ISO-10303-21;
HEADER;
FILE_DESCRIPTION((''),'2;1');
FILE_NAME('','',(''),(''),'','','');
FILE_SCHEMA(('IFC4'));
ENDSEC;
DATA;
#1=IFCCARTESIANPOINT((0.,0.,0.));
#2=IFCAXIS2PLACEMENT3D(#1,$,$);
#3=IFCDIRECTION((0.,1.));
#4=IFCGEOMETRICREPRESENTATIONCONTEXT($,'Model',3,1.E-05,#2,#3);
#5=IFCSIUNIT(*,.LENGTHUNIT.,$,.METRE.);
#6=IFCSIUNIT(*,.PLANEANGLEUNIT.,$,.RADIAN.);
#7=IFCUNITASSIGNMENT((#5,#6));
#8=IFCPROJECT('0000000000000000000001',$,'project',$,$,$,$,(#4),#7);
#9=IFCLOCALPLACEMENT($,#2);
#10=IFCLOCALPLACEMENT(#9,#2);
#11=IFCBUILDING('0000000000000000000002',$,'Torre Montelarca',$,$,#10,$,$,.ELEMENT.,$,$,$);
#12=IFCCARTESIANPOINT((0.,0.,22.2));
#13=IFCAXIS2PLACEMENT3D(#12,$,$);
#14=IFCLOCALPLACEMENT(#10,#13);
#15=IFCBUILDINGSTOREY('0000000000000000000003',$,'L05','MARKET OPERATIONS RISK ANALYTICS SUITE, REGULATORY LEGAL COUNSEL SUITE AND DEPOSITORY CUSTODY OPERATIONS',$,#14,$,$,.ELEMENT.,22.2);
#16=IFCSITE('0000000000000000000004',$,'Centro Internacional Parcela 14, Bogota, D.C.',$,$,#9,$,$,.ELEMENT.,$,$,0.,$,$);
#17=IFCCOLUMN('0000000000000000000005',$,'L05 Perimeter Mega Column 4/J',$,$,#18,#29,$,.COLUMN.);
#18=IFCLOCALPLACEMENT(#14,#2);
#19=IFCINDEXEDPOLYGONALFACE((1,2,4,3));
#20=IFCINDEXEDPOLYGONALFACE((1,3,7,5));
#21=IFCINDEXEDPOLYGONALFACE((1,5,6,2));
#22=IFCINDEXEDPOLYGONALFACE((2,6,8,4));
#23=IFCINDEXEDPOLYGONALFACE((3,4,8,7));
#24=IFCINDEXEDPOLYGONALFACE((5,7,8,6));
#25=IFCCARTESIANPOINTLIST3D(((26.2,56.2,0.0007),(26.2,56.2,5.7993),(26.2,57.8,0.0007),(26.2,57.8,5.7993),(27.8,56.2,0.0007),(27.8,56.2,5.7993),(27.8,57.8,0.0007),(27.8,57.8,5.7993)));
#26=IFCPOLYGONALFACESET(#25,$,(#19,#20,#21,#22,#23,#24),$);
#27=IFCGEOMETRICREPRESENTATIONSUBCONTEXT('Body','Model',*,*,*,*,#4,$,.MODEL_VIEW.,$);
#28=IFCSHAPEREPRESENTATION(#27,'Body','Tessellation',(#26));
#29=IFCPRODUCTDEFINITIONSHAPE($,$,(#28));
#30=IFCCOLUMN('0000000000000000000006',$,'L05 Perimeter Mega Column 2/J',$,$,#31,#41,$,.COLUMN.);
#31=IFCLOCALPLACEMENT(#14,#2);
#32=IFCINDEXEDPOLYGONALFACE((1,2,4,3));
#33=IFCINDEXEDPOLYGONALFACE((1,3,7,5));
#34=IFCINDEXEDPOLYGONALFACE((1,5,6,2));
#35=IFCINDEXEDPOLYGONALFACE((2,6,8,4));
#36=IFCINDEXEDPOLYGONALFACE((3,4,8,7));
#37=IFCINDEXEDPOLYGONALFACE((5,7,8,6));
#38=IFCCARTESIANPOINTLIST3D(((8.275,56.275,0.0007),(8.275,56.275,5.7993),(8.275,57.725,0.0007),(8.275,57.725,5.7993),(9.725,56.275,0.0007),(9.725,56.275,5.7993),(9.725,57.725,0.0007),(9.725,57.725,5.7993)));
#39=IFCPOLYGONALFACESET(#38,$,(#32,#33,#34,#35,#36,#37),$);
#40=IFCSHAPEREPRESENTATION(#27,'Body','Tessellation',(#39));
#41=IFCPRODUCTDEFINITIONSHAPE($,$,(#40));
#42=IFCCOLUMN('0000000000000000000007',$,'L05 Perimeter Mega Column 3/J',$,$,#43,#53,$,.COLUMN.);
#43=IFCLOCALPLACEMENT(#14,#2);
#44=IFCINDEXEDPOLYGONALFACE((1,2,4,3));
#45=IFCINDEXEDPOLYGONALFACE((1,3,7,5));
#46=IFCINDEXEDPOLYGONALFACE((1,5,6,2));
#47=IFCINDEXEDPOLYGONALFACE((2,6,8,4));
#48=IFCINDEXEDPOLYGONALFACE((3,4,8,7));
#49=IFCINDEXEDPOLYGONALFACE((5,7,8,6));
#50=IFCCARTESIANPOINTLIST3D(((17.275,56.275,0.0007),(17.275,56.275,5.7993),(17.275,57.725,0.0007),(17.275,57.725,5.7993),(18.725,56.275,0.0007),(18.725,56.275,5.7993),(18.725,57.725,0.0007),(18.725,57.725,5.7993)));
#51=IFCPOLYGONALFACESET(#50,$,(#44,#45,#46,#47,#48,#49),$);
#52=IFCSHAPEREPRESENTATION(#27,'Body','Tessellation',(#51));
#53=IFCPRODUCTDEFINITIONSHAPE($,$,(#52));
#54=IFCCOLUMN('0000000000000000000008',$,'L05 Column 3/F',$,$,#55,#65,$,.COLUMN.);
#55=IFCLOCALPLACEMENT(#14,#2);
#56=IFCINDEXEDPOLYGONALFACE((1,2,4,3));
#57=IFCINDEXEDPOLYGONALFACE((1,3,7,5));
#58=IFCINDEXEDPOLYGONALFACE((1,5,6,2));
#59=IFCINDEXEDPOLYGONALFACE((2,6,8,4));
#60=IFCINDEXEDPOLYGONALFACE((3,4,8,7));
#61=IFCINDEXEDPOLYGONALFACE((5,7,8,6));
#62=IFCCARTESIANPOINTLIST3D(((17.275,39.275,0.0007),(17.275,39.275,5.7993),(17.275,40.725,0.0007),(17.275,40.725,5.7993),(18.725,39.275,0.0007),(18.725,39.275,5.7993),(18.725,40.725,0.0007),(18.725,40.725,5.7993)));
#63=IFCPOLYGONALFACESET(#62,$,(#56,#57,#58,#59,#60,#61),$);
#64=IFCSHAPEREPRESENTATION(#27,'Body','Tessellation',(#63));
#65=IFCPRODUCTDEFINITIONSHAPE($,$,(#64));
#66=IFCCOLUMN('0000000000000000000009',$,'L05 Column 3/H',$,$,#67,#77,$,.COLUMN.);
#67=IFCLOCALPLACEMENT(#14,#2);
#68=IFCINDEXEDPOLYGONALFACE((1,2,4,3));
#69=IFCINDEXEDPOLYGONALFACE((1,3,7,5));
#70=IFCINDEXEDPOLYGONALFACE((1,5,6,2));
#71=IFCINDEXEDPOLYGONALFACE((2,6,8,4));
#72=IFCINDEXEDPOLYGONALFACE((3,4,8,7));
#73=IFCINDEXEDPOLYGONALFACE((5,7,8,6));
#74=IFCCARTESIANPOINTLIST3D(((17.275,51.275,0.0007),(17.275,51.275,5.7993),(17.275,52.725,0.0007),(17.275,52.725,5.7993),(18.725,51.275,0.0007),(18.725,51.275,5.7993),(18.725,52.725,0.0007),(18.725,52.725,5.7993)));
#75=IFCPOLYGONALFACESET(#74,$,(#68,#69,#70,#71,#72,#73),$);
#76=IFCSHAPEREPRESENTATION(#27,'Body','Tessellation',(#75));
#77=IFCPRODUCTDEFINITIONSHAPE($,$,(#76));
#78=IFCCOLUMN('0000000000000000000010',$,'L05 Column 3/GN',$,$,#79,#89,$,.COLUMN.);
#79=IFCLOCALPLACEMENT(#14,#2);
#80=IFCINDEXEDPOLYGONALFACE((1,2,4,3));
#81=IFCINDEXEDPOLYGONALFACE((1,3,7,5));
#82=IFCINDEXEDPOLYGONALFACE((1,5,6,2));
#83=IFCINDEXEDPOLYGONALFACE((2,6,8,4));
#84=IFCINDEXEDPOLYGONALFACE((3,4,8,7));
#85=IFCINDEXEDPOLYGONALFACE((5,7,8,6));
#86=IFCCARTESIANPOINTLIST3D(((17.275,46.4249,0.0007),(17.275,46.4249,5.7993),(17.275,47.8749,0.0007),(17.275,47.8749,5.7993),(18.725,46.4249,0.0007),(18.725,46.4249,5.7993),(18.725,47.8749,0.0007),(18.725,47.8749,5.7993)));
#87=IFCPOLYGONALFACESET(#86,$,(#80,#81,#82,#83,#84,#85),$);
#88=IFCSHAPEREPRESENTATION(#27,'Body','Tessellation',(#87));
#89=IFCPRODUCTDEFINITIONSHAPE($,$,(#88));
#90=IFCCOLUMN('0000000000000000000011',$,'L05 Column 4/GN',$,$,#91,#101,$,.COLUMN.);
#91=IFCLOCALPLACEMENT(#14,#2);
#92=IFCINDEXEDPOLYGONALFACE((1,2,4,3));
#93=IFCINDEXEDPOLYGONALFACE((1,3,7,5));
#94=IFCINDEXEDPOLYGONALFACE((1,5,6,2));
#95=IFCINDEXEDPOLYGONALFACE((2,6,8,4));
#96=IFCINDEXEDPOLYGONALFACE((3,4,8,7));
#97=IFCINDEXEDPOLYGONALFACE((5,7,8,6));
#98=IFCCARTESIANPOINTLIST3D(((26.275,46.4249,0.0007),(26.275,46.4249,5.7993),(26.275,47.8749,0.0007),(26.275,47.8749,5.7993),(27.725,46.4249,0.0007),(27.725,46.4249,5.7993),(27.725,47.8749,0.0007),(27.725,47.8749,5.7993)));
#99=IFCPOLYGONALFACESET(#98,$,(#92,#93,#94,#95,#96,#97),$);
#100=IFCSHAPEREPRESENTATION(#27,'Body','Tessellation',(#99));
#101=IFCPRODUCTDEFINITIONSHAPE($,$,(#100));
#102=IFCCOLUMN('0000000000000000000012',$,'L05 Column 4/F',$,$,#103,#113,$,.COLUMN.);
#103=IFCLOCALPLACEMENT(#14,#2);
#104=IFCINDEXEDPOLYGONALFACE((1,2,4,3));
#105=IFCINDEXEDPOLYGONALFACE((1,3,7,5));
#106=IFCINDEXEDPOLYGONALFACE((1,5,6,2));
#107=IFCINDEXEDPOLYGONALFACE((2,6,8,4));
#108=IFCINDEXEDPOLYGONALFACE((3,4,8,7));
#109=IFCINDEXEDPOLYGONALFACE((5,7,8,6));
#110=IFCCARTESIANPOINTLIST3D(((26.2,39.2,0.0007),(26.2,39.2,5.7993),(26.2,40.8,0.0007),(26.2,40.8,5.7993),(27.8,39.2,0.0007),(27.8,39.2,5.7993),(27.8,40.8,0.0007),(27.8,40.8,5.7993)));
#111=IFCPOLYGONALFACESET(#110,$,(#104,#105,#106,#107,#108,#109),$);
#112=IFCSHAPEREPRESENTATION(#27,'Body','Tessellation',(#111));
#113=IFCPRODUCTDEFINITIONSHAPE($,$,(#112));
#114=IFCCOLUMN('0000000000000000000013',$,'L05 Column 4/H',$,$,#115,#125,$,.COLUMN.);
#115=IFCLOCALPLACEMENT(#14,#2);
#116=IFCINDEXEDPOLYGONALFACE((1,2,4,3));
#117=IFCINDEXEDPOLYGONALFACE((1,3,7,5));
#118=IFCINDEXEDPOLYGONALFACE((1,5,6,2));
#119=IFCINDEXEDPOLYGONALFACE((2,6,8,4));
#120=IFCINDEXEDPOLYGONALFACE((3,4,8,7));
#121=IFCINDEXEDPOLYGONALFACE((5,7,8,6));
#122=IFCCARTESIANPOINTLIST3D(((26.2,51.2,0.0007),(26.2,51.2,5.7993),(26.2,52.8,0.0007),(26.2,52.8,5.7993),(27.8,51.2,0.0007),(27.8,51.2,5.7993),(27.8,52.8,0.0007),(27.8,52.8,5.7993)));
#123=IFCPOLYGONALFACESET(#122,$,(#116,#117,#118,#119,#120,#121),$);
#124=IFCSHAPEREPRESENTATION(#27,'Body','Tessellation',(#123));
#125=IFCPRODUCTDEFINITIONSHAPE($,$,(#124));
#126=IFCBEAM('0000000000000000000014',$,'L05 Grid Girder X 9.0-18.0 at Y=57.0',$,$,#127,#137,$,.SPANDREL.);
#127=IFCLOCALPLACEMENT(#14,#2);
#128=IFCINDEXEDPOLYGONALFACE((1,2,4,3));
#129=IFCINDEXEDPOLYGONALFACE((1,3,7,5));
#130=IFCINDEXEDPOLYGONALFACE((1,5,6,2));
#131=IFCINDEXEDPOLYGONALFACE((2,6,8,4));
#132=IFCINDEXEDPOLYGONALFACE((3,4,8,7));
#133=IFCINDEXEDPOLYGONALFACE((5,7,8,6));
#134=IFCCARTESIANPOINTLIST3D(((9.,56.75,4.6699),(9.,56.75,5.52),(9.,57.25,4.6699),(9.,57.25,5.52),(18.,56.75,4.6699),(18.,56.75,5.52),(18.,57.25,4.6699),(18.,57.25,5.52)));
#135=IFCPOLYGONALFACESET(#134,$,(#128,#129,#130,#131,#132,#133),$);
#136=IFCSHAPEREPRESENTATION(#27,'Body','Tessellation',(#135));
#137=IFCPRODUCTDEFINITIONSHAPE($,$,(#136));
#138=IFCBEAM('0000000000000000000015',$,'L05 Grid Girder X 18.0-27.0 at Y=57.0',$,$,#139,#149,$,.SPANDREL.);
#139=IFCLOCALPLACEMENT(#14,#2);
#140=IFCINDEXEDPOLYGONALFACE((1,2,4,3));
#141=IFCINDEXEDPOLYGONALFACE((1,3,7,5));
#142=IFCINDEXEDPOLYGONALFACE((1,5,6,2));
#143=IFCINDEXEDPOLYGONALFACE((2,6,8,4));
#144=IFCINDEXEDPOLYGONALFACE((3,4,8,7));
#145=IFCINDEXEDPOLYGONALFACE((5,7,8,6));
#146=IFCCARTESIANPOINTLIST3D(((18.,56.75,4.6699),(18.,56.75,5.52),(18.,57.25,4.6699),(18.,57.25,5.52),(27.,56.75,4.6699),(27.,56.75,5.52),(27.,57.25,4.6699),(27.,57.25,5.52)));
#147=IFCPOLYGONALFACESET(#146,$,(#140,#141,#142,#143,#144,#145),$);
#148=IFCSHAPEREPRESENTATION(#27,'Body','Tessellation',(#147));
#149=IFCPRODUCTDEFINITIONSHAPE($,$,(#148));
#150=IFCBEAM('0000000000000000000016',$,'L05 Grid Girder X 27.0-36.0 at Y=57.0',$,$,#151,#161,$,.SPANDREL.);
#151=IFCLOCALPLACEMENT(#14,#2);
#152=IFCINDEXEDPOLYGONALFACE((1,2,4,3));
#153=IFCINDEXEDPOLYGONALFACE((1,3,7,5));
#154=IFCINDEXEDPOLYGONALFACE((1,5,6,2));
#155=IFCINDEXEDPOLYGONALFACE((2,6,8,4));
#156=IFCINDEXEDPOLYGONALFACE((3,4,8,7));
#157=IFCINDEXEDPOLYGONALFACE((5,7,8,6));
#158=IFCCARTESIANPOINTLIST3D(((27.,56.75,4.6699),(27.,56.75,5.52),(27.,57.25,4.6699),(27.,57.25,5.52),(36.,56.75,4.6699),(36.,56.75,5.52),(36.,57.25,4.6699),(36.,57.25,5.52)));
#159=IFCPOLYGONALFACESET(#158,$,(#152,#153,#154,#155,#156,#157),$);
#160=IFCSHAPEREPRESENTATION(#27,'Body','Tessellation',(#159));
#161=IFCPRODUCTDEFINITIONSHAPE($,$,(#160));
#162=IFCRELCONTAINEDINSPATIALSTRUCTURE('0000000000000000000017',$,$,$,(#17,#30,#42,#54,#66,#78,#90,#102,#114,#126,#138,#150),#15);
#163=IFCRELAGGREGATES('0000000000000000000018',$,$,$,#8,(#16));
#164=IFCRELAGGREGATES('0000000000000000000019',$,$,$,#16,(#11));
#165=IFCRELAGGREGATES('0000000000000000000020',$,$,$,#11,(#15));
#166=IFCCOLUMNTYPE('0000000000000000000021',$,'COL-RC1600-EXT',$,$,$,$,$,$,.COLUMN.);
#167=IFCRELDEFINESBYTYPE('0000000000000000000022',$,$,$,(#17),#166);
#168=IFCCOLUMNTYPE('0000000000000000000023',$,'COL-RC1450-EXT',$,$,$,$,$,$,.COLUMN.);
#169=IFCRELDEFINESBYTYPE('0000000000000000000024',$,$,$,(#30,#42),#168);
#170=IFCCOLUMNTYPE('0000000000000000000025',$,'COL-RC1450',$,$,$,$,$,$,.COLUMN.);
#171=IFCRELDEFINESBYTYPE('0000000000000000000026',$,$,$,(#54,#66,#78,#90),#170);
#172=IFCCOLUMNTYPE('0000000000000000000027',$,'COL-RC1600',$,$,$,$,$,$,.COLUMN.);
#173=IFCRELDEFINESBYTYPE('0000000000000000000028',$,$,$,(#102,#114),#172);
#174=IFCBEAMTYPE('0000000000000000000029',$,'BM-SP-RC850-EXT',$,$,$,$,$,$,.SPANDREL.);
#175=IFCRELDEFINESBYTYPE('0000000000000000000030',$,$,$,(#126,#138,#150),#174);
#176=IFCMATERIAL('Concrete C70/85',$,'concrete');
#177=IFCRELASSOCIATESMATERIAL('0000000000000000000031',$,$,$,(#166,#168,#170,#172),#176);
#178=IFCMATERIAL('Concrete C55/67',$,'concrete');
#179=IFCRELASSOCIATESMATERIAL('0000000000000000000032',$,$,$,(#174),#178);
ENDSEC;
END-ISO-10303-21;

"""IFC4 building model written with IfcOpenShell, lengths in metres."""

from ifc_helpers import new_model, si_unit, direction, frame, origin, origin_2d, place, context, subcontext, project, spatial, rectangle, extrude, source, transform, mapped, material, material_profile, profile_set, type_object, element, save


model = new_model("IFC4")

# Units and contexts
model_context = context("Model", 3, precision=1e-05, world=origin(), true_north=direction((0.0, 1.0)))
body_context = subcontext(model_context, "Body", "Model", "MODEL_VIEW")
ifc_project = project(units=[si_unit("LENGTHUNIT", "METRE"), si_unit("PLANEANGLEUNIT", "RADIAN")], contexts=[model_context])

# Site, building, storey
site_placement = place(None, origin())
site = spatial("IfcSite", under=ifc_project, at=site_placement, Name="Centro Internacional Parcela 14, Bogota, D.C.", CompositionType="ELEMENT", RefElevation=0.0)
building_placement = place(site_placement, origin())
building = spatial("IfcBuilding", under=site, at=building_placement, Name="Torre Montelarca", CompositionType="ELEMENT")
storey_placement = place(building_placement, frame((0.0, 0.0, 22.2)))
storey = spatial("IfcBuildingStorey", under=building, at=storey_placement, Name="L05", Description="MARKET OPERATIONS RISK ANALYTICS SUITE, REGULATORY LEGAL COUNSEL SUITE AND DEPOSITORY CUSTODY OPERATIONS", CompositionType="ELEMENT", Elevation=22.2)

# Columns
ifc_material_1 = material(Name="Concrete C70/85", Category="concrete")
ifc_material_profile_1 = material_profile(ifc_material_1, rectangle(XDim=1.6001, YDim=1.6001, at=origin_2d()), Name="RC1600X1600", Category="concrete")
ifc_profile_set_1 = profile_set([ifc_material_profile_1], Name="Concrete C70/85")
column_type_1 = type_object("IfcColumnType", Name="COL-RC1600-EXT", PredefinedType="COLUMN", material=ifc_profile_set_1)
shared_shape_1 = source(origin(), body_context, "Body", "SweptSolid", [
    extrude(rectangle(XDim=1.6001, YDim=1.6001, at=origin_2d()), origin(), (0.0, 0.0, 1.0), 5.7986),
])
column_placement = place(storey_placement, frame((27.0, 57.0, 0.0007), z_axis=(0.0, 0.0, 1.0), x_axis=(1.0, 0.0, 0.0)))
element("IfcColumn", 1, at=column_placement, inside=storey, type_object=column_type_1, Name="L05 Perimeter Mega Column 4/J", PredefinedType="COLUMN", context=body_context, shape_type="MappedRepresentation", body=[
    mapped(shared_shape_1, transform((0.0, 0.0, 0.0), scale=1.0)),
])
ifc_material_profile_2 = material_profile(ifc_material_1, rectangle(XDim=1.45, YDim=1.45, at=origin_2d()), Name="RC1450X1450", Category="concrete")
ifc_profile_set_2 = profile_set([ifc_material_profile_2], Name="Concrete C70/85")
column_type_2 = type_object("IfcColumnType", Name="COL-RC1450-EXT", PredefinedType="COLUMN", material=ifc_profile_set_2)
shared_shape_2 = source(origin(), body_context, "Body", "SweptSolid", [
    extrude(rectangle(XDim=1.45, YDim=1.45, at=origin_2d()), origin(), (0.0, 0.0, 1.0), 5.7986),
])
for number, where, z_axis, x_axis, name in (
    (2, (9.0, 57.0, 0.0007), (0.0, 0.0, 1.0), (1.0, 0.0, 0.0), "L05 Perimeter Mega Column 2/J"),
    (3, (18.0, 57.0, 0.0007), (0.0, 0.0, 1.0), (1.0, 0.0, 0.0), "L05 Perimeter Mega Column 3/J"),
):
    element("IfcColumn", number, at=place(storey_placement, frame(where, z_axis=z_axis, x_axis=x_axis)), inside=storey, type_object=column_type_2, Name=name, PredefinedType="COLUMN", context=body_context, shape_type="MappedRepresentation", body=[
        mapped(shared_shape_2, transform((0.0, 0.0, 0.0), scale=1.0)),
    ])
ifc_material_profile_3 = material_profile(ifc_material_1, rectangle(XDim=1.45, YDim=1.45, at=origin_2d()), Name="RC1450X1450", Category="concrete")
ifc_profile_set_3 = profile_set([ifc_material_profile_3], Name="Concrete C70/85")
column_type_3 = type_object("IfcColumnType", Name="COL-RC1450", PredefinedType="COLUMN", material=ifc_profile_set_3)
shared_shape_3 = source(origin(), body_context, "Body", "SweptSolid", [
    extrude(rectangle(XDim=1.45, YDim=1.45, at=origin_2d()), origin(), (0.0, 0.0, 1.0), 5.7986),
])
for number, where, z_axis, x_axis, name in (
    (4, (18.0, 40.0, 0.0007), (0.0, 0.0, 1.0), (1.0, 0.0, 0.0), "L05 Column 3/F"),
    (5, (18.0, 52.0, 0.0007), (0.0, 0.0, 1.0), (1.0, 0.0, 0.0), "L05 Column 3/H"),
    (6, (18.0, 47.1499, 0.0007), (0.0, 0.0, 1.0), (1.0, 0.0, 0.0), "L05 Column 3/GN"),
    (7, (27.0, 47.1499, 0.0007), (0.0, 0.0, 1.0), (1.0, 0.0, 0.0), "L05 Column 4/GN"),
):
    element("IfcColumn", number, at=place(storey_placement, frame(where, z_axis=z_axis, x_axis=x_axis)), inside=storey, type_object=column_type_3, Name=name, PredefinedType="COLUMN", context=body_context, shape_type="MappedRepresentation", body=[
        mapped(shared_shape_3, transform((0.0, 0.0, 0.0), scale=1.0)),
    ])
ifc_material_profile_4 = material_profile(ifc_material_1, rectangle(XDim=1.6001, YDim=1.6001, at=origin_2d()), Name="RC1600X1600", Category="concrete")
ifc_profile_set_4 = profile_set([ifc_material_profile_4], Name="Concrete C70/85")
column_type_4 = type_object("IfcColumnType", Name="COL-RC1600", PredefinedType="COLUMN", material=ifc_profile_set_4)
shared_shape_4 = source(origin(), body_context, "Body", "SweptSolid", [
    extrude(rectangle(XDim=1.6001, YDim=1.6001, at=origin_2d()), origin(), (0.0, 0.0, 1.0), 5.7986),
])
for number, where, z_axis, x_axis, name in (
    (8, (27.0, 40.0, 0.0007), (0.0, 0.0, 1.0), (1.0, 0.0, 0.0), "L05 Column 4/F"),
    (9, (27.0, 52.0, 0.0007), (0.0, 0.0, 1.0), (1.0, 0.0, 0.0), "L05 Column 4/H"),
):
    element("IfcColumn", number, at=place(storey_placement, frame(where, z_axis=z_axis, x_axis=x_axis)), inside=storey, type_object=column_type_4, Name=name, PredefinedType="COLUMN", context=body_context, shape_type="MappedRepresentation", body=[
        mapped(shared_shape_4, transform((0.0, 0.0, 0.0), scale=1.0)),
    ])

# Beams
ifc_material_2 = material(Name="Concrete C55/67", Category="concrete")
ifc_material_profile_5 = material_profile(ifc_material_2, rectangle(XDim=0.5, YDim=0.8501, at=origin_2d()), Name="RCB500X850", Category="concrete")
ifc_profile_set_5 = profile_set([ifc_material_profile_5], Name="Concrete C55/67")
beam_type_1 = type_object("IfcBeamType", Name="BM-SP-RC850-EXT", PredefinedType="SPANDREL", material=ifc_profile_set_5)
shared_shape_5 = source(origin(), body_context, "Body", "SweptSolid", [
    extrude(rectangle(XDim=0.5, YDim=0.8501, at=origin_2d()), origin(), (0.0, 0.0, 1.0), 9.0),
])
for number, where, z_axis, x_axis, name in (
    (10, (9.0, 57.0, 5.095), (1.0, 0.0, 0.0), (0.0, 1.0, 0.0), "L05 Grid Girder X 9.0-18.0 at Y=57.0"),
    (11, (18.0, 57.0, 5.095), (1.0, 0.0, 0.0), (0.0, 1.0, 0.0), "L05 Grid Girder X 18.0-27.0 at Y=57.0"),
    (12, (27.0, 57.0, 5.095), (1.0, 0.0, 0.0), (0.0, 1.0, 0.0), "L05 Grid Girder X 27.0-36.0 at Y=57.0"),
):
    element("IfcBeam", number, at=place(storey_placement, frame(where, z_axis=z_axis, x_axis=x_axis)), inside=storey, type_object=beam_type_1, Name=name, PredefinedType="SPANDREL", context=body_context, shape_type="MappedRepresentation", body=[
        mapped(shared_shape_5, transform((0.0, 0.0, 0.0), scale=1.0)),
    ])

save(model, "model.ifc")
